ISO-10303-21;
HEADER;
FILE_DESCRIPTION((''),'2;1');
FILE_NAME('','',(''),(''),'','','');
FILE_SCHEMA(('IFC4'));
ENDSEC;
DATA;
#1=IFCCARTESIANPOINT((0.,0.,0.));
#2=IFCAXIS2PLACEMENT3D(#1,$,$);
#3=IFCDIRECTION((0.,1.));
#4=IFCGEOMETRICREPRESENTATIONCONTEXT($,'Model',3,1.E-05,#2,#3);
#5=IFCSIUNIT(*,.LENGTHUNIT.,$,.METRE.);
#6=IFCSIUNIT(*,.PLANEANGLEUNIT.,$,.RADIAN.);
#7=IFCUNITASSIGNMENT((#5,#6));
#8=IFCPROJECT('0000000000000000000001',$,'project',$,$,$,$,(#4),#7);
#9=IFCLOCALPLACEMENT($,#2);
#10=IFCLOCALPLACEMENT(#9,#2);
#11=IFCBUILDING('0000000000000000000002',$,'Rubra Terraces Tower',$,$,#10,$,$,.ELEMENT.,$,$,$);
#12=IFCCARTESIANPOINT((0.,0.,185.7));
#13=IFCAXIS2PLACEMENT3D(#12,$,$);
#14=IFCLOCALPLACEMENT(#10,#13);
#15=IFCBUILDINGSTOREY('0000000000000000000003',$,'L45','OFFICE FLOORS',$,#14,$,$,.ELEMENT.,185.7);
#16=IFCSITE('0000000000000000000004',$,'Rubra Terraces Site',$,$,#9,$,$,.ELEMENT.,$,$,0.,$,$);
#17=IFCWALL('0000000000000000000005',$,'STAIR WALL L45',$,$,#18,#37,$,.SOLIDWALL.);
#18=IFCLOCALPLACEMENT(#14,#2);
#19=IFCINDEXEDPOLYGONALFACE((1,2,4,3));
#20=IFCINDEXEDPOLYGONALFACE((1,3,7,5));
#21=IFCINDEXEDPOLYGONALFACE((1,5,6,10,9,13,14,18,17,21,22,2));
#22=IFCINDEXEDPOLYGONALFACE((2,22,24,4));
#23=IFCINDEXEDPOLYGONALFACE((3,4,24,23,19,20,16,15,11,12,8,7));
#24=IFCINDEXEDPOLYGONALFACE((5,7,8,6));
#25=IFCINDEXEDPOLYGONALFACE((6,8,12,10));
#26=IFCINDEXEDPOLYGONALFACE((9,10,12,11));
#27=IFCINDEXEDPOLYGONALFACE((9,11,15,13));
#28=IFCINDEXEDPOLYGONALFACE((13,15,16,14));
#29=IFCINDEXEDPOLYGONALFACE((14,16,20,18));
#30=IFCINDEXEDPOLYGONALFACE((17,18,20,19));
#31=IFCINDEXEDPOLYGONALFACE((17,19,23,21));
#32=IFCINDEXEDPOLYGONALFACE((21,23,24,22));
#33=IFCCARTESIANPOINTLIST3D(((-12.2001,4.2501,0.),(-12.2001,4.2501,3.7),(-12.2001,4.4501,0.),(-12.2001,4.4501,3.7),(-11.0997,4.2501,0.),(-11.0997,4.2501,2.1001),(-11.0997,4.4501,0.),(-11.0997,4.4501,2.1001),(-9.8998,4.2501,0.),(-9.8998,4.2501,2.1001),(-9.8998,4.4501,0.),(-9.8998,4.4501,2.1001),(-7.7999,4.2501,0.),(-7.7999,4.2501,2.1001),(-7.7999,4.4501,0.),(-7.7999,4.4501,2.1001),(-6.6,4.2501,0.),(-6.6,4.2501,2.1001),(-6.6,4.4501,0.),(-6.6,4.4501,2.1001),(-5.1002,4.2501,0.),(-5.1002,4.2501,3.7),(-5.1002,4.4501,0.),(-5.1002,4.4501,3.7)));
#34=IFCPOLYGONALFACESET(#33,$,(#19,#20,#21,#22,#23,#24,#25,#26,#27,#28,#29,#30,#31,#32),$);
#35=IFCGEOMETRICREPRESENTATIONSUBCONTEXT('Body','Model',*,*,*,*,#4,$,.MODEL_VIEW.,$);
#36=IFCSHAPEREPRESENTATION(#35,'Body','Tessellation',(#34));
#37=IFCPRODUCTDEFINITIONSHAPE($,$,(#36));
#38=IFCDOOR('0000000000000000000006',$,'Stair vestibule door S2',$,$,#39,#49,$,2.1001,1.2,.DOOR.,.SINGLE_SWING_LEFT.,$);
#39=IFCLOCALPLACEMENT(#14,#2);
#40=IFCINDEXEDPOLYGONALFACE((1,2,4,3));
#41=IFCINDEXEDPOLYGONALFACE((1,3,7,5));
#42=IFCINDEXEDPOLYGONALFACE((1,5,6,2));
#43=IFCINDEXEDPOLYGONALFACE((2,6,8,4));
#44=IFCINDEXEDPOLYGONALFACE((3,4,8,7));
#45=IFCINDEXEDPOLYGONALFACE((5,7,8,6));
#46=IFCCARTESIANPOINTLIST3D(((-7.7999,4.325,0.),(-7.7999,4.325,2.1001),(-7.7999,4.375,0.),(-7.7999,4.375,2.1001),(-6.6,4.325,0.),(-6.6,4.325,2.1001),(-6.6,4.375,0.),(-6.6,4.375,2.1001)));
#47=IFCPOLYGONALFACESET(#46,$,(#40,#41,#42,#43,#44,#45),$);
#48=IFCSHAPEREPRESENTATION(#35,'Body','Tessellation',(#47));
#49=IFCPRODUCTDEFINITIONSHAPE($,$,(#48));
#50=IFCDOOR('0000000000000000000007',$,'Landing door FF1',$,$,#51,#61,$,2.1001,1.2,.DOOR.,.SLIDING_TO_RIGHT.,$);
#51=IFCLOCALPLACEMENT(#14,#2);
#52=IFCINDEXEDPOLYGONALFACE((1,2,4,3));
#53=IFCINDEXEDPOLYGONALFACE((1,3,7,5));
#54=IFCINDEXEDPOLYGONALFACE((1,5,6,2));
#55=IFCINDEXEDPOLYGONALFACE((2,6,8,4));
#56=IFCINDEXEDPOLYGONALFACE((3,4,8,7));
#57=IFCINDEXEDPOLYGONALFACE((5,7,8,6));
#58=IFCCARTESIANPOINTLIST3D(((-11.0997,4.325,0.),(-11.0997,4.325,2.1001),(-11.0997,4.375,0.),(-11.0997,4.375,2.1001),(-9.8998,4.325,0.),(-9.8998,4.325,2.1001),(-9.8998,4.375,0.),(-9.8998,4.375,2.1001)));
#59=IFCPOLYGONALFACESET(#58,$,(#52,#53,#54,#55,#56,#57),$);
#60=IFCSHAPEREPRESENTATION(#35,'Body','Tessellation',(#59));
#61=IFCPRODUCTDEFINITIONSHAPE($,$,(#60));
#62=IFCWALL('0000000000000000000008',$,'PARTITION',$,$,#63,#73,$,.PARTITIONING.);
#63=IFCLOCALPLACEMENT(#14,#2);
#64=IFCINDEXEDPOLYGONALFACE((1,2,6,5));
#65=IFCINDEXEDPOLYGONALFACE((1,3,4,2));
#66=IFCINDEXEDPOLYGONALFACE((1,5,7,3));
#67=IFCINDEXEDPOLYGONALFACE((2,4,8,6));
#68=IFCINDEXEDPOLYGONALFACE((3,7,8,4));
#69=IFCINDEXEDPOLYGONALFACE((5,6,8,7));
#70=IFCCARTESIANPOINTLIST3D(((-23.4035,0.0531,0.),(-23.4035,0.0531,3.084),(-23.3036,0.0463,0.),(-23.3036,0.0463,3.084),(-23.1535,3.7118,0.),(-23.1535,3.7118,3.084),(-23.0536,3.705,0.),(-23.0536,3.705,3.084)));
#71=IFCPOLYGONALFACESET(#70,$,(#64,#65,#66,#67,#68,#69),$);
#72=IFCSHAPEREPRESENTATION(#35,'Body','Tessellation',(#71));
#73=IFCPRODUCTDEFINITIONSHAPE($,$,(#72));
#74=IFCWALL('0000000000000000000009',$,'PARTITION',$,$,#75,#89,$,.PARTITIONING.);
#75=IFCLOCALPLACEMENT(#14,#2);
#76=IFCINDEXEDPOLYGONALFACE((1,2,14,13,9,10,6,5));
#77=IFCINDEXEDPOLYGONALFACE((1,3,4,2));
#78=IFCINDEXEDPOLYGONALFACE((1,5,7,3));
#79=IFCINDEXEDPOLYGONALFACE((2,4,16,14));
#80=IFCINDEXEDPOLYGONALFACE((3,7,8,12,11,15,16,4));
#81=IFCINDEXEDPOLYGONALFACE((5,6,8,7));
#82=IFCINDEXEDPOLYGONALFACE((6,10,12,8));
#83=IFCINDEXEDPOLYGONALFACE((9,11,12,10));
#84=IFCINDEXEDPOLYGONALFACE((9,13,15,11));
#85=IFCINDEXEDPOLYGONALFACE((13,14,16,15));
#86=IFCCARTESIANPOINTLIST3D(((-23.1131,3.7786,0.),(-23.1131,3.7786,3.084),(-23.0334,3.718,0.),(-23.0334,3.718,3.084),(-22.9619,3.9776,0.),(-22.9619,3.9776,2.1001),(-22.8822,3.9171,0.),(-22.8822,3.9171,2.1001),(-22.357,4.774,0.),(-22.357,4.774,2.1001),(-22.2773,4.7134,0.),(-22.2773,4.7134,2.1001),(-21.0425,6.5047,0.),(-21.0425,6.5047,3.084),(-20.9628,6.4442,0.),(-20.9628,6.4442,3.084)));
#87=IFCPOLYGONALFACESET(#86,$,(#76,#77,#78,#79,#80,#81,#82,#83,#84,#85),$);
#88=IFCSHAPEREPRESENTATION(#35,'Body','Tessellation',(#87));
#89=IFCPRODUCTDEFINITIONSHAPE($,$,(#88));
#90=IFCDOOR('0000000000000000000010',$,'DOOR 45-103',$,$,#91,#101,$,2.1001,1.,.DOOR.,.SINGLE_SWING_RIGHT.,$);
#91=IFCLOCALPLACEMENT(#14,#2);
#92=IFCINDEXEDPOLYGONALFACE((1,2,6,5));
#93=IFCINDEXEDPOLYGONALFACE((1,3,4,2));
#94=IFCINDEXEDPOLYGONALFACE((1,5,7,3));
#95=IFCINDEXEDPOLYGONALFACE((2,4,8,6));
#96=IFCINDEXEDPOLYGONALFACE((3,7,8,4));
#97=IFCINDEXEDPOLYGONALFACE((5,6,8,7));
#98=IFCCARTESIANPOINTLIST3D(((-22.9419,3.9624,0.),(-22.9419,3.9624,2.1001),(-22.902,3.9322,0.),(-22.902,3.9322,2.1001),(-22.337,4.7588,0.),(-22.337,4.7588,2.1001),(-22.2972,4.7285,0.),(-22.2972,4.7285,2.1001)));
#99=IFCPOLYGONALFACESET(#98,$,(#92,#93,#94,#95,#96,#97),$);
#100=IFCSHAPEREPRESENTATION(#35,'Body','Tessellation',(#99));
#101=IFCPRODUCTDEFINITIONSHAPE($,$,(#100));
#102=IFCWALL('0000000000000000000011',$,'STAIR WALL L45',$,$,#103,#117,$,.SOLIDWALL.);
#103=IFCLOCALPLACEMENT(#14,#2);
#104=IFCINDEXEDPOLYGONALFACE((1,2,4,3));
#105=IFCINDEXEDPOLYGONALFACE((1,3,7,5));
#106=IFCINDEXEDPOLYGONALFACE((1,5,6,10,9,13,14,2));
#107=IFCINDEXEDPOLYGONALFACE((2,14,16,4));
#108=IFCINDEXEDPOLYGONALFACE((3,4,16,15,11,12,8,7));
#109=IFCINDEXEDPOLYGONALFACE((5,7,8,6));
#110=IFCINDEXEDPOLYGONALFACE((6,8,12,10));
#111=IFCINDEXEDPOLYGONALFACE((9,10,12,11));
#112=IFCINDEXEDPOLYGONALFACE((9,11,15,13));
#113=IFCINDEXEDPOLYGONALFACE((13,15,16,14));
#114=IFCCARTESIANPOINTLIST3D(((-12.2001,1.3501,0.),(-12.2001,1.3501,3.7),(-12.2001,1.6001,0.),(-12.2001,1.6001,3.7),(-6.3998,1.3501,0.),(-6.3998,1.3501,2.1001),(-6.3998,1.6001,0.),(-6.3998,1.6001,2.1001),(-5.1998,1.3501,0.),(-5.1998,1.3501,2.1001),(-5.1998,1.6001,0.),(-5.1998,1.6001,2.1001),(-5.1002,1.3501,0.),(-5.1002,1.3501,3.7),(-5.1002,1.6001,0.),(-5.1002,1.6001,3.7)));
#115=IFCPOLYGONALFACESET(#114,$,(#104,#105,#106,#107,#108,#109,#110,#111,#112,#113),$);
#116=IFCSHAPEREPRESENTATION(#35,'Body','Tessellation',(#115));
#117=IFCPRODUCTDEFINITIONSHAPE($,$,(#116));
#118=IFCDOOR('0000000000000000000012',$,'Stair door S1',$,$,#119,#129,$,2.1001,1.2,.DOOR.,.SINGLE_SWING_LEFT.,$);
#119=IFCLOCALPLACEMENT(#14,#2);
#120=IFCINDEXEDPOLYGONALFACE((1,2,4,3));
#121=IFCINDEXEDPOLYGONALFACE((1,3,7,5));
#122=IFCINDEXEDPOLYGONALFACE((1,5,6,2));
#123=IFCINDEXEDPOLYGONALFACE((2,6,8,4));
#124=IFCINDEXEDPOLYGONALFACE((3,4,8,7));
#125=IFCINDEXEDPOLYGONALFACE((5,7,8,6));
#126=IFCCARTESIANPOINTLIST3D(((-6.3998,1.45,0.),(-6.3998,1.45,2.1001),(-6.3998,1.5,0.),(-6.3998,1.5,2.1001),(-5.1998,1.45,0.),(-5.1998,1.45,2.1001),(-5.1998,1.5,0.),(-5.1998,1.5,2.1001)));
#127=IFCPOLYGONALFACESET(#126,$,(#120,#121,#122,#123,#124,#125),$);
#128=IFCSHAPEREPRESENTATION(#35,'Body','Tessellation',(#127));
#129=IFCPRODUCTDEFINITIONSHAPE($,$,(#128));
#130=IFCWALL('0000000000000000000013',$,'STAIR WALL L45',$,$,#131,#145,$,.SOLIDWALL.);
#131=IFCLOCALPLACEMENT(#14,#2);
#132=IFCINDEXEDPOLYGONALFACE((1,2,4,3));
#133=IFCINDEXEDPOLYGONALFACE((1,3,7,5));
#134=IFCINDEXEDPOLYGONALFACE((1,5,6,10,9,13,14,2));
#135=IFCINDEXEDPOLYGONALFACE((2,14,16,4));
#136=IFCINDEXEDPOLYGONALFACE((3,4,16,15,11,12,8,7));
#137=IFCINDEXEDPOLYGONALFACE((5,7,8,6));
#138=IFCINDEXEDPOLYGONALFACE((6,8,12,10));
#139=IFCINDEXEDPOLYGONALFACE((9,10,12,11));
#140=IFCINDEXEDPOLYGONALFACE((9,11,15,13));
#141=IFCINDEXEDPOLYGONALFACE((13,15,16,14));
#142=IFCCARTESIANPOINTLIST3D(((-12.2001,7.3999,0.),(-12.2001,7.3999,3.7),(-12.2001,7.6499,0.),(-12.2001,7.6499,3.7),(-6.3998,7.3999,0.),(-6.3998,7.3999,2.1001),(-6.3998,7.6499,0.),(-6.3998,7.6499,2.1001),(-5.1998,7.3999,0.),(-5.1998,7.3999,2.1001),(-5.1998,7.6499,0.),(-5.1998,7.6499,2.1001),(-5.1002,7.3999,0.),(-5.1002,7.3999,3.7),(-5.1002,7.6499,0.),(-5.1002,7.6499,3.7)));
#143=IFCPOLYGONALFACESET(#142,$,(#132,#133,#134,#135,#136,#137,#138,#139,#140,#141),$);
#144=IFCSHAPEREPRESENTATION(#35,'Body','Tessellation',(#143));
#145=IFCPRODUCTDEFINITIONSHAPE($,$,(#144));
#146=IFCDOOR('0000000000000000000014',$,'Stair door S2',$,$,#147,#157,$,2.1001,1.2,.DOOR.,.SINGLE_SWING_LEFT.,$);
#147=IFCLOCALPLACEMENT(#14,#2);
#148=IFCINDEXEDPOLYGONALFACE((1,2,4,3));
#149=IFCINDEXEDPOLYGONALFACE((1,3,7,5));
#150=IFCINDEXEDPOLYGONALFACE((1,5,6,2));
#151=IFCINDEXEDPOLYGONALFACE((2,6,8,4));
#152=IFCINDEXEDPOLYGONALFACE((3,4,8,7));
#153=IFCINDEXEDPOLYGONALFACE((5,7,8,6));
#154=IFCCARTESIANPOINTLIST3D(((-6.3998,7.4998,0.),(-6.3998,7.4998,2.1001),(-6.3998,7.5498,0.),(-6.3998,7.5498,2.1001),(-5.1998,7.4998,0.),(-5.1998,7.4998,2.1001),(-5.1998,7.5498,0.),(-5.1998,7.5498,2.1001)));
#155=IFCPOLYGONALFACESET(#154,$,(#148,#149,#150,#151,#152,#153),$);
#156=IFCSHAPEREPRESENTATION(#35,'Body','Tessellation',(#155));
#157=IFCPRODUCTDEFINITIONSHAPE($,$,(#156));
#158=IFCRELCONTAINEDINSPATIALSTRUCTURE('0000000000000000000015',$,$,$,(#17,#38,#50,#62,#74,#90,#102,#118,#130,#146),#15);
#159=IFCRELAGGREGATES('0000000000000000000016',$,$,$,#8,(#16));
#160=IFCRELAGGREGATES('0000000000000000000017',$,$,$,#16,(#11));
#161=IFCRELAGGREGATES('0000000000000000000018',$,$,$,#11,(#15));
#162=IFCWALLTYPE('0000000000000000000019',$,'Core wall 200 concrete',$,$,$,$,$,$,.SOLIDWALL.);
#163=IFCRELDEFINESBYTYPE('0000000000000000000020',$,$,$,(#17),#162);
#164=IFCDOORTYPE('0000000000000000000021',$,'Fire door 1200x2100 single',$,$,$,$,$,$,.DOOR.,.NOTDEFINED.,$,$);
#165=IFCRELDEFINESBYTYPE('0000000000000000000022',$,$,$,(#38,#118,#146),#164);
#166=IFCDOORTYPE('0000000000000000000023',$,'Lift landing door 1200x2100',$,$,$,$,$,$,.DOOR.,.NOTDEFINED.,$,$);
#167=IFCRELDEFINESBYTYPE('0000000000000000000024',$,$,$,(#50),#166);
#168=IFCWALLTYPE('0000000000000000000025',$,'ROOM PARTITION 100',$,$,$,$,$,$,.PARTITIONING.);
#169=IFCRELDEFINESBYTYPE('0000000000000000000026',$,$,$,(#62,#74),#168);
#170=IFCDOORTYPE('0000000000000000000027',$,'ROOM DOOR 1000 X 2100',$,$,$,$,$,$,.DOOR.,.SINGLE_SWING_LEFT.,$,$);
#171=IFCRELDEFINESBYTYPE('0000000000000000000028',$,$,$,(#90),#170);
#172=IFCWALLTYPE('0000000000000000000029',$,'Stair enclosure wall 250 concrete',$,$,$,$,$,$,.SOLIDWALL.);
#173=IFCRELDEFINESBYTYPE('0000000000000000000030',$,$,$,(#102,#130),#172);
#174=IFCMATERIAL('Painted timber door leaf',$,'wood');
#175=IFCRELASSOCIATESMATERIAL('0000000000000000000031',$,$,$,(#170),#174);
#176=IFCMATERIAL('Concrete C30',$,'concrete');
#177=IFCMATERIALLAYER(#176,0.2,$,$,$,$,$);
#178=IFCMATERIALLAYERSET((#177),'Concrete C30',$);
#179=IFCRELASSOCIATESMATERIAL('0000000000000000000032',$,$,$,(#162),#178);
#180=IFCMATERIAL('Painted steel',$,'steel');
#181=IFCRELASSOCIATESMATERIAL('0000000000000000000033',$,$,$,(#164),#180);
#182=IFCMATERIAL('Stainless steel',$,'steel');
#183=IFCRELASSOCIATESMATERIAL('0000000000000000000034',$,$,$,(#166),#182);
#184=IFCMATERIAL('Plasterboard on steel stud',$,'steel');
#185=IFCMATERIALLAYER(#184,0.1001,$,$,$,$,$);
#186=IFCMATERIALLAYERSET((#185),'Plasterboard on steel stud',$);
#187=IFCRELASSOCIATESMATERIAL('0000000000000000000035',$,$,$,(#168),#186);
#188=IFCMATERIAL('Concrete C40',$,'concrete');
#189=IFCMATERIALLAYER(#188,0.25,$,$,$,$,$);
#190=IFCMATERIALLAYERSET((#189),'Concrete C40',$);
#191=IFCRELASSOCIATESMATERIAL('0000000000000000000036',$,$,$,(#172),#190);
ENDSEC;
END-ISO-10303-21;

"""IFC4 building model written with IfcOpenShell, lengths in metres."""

from ifc_helpers import new_model, si_unit, direction, frame, frame_2d, origin, place, context, subcontext, project, spatial, rectangle, extrude, material, layer, layer_set, type_object, element, fill, save


model = new_model("IFC4")

# Units and contexts
model_context = context("Model", 3, precision=1e-05, world=origin(), true_north=direction((0.0, 1.0)))
body_context = subcontext(model_context, "Body", "Model", "MODEL_VIEW")
ifc_project = project(units=[si_unit("LENGTHUNIT", "METRE"), si_unit("PLANEANGLEUNIT", "RADIAN")], contexts=[model_context])

# Site, building, storey
site_placement = place(None, origin())
site = spatial("IfcSite", under=ifc_project, at=site_placement, Name="Rubra Terraces Site", CompositionType="ELEMENT", RefElevation=0.0)
building_placement = place(site_placement, origin())
building = spatial("IfcBuilding", under=site, at=building_placement, Name="Rubra Terraces Tower", CompositionType="ELEMENT")
storey_placement = place(building_placement, frame((0.0, 0.0, 185.7)))
storey = spatial("IfcBuildingStorey", under=building, at=storey_placement, Name="L45", Description="OFFICE FLOORS", CompositionType="ELEMENT", Elevation=185.7)

# Shared definitions
ifc_material_1 = material(Name="Painted timber door leaf", Category="wood")
door_type_1 = type_object("IfcDoorType", Name="ROOM DOOR 1000 X 2100", OperationType="SINGLE_SWING_LEFT", PredefinedType="DOOR", material=ifc_material_1)

# Wall, openings, doors
ifc_material_2 = material(Name="Concrete C30", Category="concrete")
ifc_layer_1 = layer(ifc_material_2, 0.2)
ifc_layer_set_1 = layer_set([ifc_layer_1], Name="Concrete C30")
wall_type_1 = type_object("IfcWallType", Name="Core wall 200 concrete", PredefinedType="SOLIDWALL", material=ifc_layer_set_1)
wall_1_placement = place(storey_placement, frame((-12.2, 4.3501, 0.0), z_axis=(0.0, 0.0, 1.0), x_axis=(1.0, 0.0, 0.0)))
wall_1 = element("IfcWall", 1, at=wall_1_placement, inside=storey, type_object=wall_type_1, Name="STAIR WALL L45", PredefinedType="SOLIDWALL", context=body_context, shape_type="SweptSolid", body=[
    extrude(rectangle(XDim=7.0999, YDim=0.2, at=frame_2d((3.5498, 0.0))), origin(), (0.0, 0.0, 1.0), 3.7),
])
opening_1_placement = place(wall_1_placement, frame((4.3999, 0.0, 0.0)))
opening_1 = element("IfcOpeningElement", 2, at=opening_1_placement, cuts=wall_1, PredefinedType="OPENING", context=body_context, shape_type="SweptSolid", body=[
    extrude(rectangle(XDim=1.2, YDim=2.1001, at=frame_2d((0.6001, 1.05))), frame((0.0, 0.1099, 0.0), z_axis=(0.0, -1.0, 0.0), x_axis=(1.0, 0.0, 0.0)), (0.0, 0.0, 1.0), 0.22),
])
opening_2_placement = place(wall_1_placement, frame((1.1001, 0.0, 0.0)))
opening_2 = element("IfcOpeningElement", 3, at=opening_2_placement, cuts=wall_1, PredefinedType="OPENING", context=body_context, shape_type="SweptSolid", body=[
    extrude(rectangle(XDim=1.2, YDim=2.1001, at=frame_2d((0.6001, 1.05))), frame((0.0, 0.1099, 0.0), z_axis=(0.0, -1.0, 0.0), x_axis=(1.0, 0.0, 0.0)), (0.0, 0.0, 1.0), 0.22),
])
ifc_material_3 = material(Name="Painted steel", Category="steel")
door_type_2 = type_object("IfcDoorType", Name="Fire door 1200x2100 single", OperationType="NOTDEFINED", PredefinedType="DOOR", material=ifc_material_3)
door_1_placement = place(opening_1_placement, origin())
door_1 = element("IfcDoor", 4, at=door_1_placement, inside=storey, type_object=door_type_2, Name="Stair vestibule door S2", OperationType="SINGLE_SWING_LEFT", OverallHeight=2.1001, OverallWidth=1.2, PredefinedType="DOOR", context=body_context, shape_type="SweptSolid", body=[
    extrude(rectangle(XDim=1.2, YDim=2.1001, at=frame_2d((0.6001, 1.05))), frame((0.0, 0.0249, 0.0), z_axis=(0.0, -1.0, 0.0), x_axis=(1.0, 0.0, 0.0)), (0.0, 0.0, 1.0), 0.05),
])
fill(opening_1, door_1)
ifc_material_4 = material(Name="Stainless steel", Category="steel")
door_type_3 = type_object("IfcDoorType", Name="Lift landing door 1200x2100", OperationType="NOTDEFINED", PredefinedType="DOOR", material=ifc_material_4)
door_2_placement = place(opening_2_placement, origin())
door_2 = element("IfcDoor", 5, at=door_2_placement, inside=storey, type_object=door_type_3, Name="Landing door FF1", OperationType="SLIDING_TO_RIGHT", OverallHeight=2.1001, OverallWidth=1.2, PredefinedType="DOOR", context=body_context, shape_type="SweptSolid", body=[
    extrude(rectangle(XDim=1.2, YDim=2.1001, at=frame_2d((0.6001, 1.05))), frame((0.0, 0.0249, 0.0), z_axis=(0.0, -1.0, 0.0), x_axis=(1.0, 0.0, 0.0)), (0.0, 0.0, 1.0), 0.05),
])
fill(opening_2, door_2)

# Wall
ifc_material_5 = material(Name="Plasterboard on steel stud", Category="steel")
ifc_layer_2 = layer(ifc_material_5, 0.1001)
ifc_layer_set_2 = layer_set([ifc_layer_2], Name="Plasterboard on steel stud")
wall_type_2 = type_object("IfcWallType", Name="ROOM PARTITION 100", PredefinedType="PARTITIONING", material=ifc_layer_set_2)
wall_2_placement = place(storey_placement, frame((-23.3535, 0.0498, 0.0), z_axis=(0.0, 0.0, 1.0), x_axis=(0.068171, 0.997674, 0.0)))
element("IfcWall", 6, at=wall_2_placement, inside=storey, type_object=wall_type_2, Name="PARTITION", PredefinedType="PARTITIONING", context=body_context, shape_type="SweptSolid", body=[
    extrude(rectangle(XDim=3.6672, YDim=0.1001, at=frame_2d((1.8335, 0.0))), origin(), (0.0, 0.0, 1.0), 3.084),
])

# Walls, openings, doors
wall_3_placement = place(storey_placement, frame((-23.0732, 3.7483, 0.0), z_axis=(0.0, 0.0, 1.0), x_axis=(0.60485, 0.796339, 0.0)))
wall_3 = element("IfcWall", 7, at=wall_3_placement, inside=storey, type_object=wall_type_2, Name="PARTITION", PredefinedType="PARTITIONING", context=body_context, shape_type="SweptSolid", body=[
    extrude(rectangle(XDim=3.4233, YDim=0.1001, at=frame_2d((1.7117, 0.0))), origin(), (0.0, 0.0, 1.0), 3.084),
])
opening_3_placement = place(wall_3_placement, frame((0.25, 0.0, 0.0)))
opening_3 = element("IfcOpeningElement", 8, at=opening_3_placement, cuts=wall_3, PredefinedType="OPENING", context=body_context, shape_type="SweptSolid", body=[
    extrude(rectangle(XDim=1.0, YDim=2.1001, at=frame_2d((0.5, 1.05))), frame((0.0, 0.0601, 0.0), z_axis=(0.0, -1.0, 0.0), x_axis=(1.0, 0.0, 0.0)), (0.0, 0.0, 1.0), 0.1201),
])
door_3_placement = place(opening_3_placement, origin())
door_3 = element("IfcDoor", 9, at=door_3_placement, inside=storey, type_object=door_type_1, Name="DOOR 45-103", OperationType="SINGLE_SWING_RIGHT", OverallHeight=2.1001, OverallWidth=1.0, PredefinedType="DOOR", context=body_context, shape_type="SweptSolid", body=[
    extrude(rectangle(XDim=1.0, YDim=2.1001, at=frame_2d((0.5, 1.05))), frame((0.0, 0.0249, 0.0), z_axis=(0.0, -1.0, 0.0), x_axis=(1.0, 0.0, 0.0)), (0.0, 0.0, 1.0), 0.05),
])
fill(opening_3, door_3)
ifc_material_6 = material(Name="Concrete C40", Category="concrete")
ifc_layer_3 = layer(ifc_material_6, 0.25)
ifc_layer_set_3 = layer_set([ifc_layer_3], Name="Concrete C40")
wall_type_3 = type_object("IfcWallType", Name="Stair enclosure wall 250 concrete", PredefinedType="SOLIDWALL", material=ifc_layer_set_3)
wall_4_placement = place(storey_placement, frame((-12.2, 1.4751, 0.0), z_axis=(0.0, 0.0, 1.0), x_axis=(1.0, 0.0, 0.0)))
wall_4 = element("IfcWall", 10, at=wall_4_placement, inside=storey, type_object=wall_type_3, Name="STAIR WALL L45", PredefinedType="SOLIDWALL", context=body_context, shape_type="SweptSolid", body=[
    extrude(rectangle(XDim=7.0999, YDim=0.25, at=frame_2d((3.5498, 0.0))), origin(), (0.0, 0.0, 1.0), 3.7),
])
opening_4_placement = place(wall_4_placement, frame((5.8, 0.0, 0.0)))
opening_4 = element("IfcOpeningElement", 11, at=opening_4_placement, cuts=wall_4, PredefinedType="OPENING", context=body_context, shape_type="SweptSolid", body=[
    extrude(rectangle(XDim=1.2, YDim=2.1001, at=frame_2d((0.6001, 1.05))), frame((0.0, 0.135, 0.0), z_axis=(0.0, -1.0, 0.0), x_axis=(1.0, 0.0, 0.0)), (0.0, 0.0, 1.0), 0.27),
])
door_4_placement = place(opening_4_placement, origin())
door_4 = element("IfcDoor", 12, at=door_4_placement, inside=storey, type_object=door_type_2, Name="Stair door S1", OperationType="SINGLE_SWING_LEFT", OverallHeight=2.1001, OverallWidth=1.2, PredefinedType="DOOR", context=body_context, shape_type="SweptSolid", body=[
    extrude(rectangle(XDim=1.2, YDim=2.1001, at=frame_2d((0.6001, 1.05))), frame((0.0, 0.0249, 0.0), z_axis=(0.0, -1.0, 0.0), x_axis=(1.0, 0.0, 0.0)), (0.0, 0.0, 1.0), 0.05),
])
fill(opening_4, door_4)
wall_5_placement = place(storey_placement, frame((-12.2, 7.5249, 0.0), z_axis=(0.0, 0.0, 1.0), x_axis=(1.0, 0.0, 0.0)))
wall_5 = element("IfcWall", 13, at=wall_5_placement, inside=storey, type_object=wall_type_3, Name="STAIR WALL L45", PredefinedType="SOLIDWALL", context=body_context, shape_type="SweptSolid", body=[
    extrude(rectangle(XDim=7.0999, YDim=0.25, at=frame_2d((3.5498, 0.0))), origin(), (0.0, 0.0, 1.0), 3.7),
])
opening_5_placement = place(wall_5_placement, frame((5.8, 0.0, 0.0)))
opening_5 = element("IfcOpeningElement", 14, at=opening_5_placement, cuts=wall_5, PredefinedType="OPENING", context=body_context, shape_type="SweptSolid", body=[
    extrude(rectangle(XDim=1.2, YDim=2.1001, at=frame_2d((0.6001, 1.05))), frame((0.0, 0.135, 0.0), z_axis=(0.0, -1.0, 0.0), x_axis=(1.0, 0.0, 0.0)), (0.0, 0.0, 1.0), 0.27),
])
door_5_placement = place(opening_5_placement, origin())
door_5 = element("IfcDoor", 15, at=door_5_placement, inside=storey, type_object=door_type_2, Name="Stair door S2", OperationType="SINGLE_SWING_LEFT", OverallHeight=2.1001, OverallWidth=1.2, PredefinedType="DOOR", context=body_context, shape_type="SweptSolid", body=[
    extrude(rectangle(XDim=1.2, YDim=2.1001, at=frame_2d((0.6001, 1.05))), frame((0.0, 0.0249, 0.0), z_axis=(0.0, -1.0, 0.0), x_axis=(1.0, 0.0, 0.0)), (0.0, 0.0, 1.0), 0.05),
])
fill(opening_5, door_5)

save(model, "model.ifc")
